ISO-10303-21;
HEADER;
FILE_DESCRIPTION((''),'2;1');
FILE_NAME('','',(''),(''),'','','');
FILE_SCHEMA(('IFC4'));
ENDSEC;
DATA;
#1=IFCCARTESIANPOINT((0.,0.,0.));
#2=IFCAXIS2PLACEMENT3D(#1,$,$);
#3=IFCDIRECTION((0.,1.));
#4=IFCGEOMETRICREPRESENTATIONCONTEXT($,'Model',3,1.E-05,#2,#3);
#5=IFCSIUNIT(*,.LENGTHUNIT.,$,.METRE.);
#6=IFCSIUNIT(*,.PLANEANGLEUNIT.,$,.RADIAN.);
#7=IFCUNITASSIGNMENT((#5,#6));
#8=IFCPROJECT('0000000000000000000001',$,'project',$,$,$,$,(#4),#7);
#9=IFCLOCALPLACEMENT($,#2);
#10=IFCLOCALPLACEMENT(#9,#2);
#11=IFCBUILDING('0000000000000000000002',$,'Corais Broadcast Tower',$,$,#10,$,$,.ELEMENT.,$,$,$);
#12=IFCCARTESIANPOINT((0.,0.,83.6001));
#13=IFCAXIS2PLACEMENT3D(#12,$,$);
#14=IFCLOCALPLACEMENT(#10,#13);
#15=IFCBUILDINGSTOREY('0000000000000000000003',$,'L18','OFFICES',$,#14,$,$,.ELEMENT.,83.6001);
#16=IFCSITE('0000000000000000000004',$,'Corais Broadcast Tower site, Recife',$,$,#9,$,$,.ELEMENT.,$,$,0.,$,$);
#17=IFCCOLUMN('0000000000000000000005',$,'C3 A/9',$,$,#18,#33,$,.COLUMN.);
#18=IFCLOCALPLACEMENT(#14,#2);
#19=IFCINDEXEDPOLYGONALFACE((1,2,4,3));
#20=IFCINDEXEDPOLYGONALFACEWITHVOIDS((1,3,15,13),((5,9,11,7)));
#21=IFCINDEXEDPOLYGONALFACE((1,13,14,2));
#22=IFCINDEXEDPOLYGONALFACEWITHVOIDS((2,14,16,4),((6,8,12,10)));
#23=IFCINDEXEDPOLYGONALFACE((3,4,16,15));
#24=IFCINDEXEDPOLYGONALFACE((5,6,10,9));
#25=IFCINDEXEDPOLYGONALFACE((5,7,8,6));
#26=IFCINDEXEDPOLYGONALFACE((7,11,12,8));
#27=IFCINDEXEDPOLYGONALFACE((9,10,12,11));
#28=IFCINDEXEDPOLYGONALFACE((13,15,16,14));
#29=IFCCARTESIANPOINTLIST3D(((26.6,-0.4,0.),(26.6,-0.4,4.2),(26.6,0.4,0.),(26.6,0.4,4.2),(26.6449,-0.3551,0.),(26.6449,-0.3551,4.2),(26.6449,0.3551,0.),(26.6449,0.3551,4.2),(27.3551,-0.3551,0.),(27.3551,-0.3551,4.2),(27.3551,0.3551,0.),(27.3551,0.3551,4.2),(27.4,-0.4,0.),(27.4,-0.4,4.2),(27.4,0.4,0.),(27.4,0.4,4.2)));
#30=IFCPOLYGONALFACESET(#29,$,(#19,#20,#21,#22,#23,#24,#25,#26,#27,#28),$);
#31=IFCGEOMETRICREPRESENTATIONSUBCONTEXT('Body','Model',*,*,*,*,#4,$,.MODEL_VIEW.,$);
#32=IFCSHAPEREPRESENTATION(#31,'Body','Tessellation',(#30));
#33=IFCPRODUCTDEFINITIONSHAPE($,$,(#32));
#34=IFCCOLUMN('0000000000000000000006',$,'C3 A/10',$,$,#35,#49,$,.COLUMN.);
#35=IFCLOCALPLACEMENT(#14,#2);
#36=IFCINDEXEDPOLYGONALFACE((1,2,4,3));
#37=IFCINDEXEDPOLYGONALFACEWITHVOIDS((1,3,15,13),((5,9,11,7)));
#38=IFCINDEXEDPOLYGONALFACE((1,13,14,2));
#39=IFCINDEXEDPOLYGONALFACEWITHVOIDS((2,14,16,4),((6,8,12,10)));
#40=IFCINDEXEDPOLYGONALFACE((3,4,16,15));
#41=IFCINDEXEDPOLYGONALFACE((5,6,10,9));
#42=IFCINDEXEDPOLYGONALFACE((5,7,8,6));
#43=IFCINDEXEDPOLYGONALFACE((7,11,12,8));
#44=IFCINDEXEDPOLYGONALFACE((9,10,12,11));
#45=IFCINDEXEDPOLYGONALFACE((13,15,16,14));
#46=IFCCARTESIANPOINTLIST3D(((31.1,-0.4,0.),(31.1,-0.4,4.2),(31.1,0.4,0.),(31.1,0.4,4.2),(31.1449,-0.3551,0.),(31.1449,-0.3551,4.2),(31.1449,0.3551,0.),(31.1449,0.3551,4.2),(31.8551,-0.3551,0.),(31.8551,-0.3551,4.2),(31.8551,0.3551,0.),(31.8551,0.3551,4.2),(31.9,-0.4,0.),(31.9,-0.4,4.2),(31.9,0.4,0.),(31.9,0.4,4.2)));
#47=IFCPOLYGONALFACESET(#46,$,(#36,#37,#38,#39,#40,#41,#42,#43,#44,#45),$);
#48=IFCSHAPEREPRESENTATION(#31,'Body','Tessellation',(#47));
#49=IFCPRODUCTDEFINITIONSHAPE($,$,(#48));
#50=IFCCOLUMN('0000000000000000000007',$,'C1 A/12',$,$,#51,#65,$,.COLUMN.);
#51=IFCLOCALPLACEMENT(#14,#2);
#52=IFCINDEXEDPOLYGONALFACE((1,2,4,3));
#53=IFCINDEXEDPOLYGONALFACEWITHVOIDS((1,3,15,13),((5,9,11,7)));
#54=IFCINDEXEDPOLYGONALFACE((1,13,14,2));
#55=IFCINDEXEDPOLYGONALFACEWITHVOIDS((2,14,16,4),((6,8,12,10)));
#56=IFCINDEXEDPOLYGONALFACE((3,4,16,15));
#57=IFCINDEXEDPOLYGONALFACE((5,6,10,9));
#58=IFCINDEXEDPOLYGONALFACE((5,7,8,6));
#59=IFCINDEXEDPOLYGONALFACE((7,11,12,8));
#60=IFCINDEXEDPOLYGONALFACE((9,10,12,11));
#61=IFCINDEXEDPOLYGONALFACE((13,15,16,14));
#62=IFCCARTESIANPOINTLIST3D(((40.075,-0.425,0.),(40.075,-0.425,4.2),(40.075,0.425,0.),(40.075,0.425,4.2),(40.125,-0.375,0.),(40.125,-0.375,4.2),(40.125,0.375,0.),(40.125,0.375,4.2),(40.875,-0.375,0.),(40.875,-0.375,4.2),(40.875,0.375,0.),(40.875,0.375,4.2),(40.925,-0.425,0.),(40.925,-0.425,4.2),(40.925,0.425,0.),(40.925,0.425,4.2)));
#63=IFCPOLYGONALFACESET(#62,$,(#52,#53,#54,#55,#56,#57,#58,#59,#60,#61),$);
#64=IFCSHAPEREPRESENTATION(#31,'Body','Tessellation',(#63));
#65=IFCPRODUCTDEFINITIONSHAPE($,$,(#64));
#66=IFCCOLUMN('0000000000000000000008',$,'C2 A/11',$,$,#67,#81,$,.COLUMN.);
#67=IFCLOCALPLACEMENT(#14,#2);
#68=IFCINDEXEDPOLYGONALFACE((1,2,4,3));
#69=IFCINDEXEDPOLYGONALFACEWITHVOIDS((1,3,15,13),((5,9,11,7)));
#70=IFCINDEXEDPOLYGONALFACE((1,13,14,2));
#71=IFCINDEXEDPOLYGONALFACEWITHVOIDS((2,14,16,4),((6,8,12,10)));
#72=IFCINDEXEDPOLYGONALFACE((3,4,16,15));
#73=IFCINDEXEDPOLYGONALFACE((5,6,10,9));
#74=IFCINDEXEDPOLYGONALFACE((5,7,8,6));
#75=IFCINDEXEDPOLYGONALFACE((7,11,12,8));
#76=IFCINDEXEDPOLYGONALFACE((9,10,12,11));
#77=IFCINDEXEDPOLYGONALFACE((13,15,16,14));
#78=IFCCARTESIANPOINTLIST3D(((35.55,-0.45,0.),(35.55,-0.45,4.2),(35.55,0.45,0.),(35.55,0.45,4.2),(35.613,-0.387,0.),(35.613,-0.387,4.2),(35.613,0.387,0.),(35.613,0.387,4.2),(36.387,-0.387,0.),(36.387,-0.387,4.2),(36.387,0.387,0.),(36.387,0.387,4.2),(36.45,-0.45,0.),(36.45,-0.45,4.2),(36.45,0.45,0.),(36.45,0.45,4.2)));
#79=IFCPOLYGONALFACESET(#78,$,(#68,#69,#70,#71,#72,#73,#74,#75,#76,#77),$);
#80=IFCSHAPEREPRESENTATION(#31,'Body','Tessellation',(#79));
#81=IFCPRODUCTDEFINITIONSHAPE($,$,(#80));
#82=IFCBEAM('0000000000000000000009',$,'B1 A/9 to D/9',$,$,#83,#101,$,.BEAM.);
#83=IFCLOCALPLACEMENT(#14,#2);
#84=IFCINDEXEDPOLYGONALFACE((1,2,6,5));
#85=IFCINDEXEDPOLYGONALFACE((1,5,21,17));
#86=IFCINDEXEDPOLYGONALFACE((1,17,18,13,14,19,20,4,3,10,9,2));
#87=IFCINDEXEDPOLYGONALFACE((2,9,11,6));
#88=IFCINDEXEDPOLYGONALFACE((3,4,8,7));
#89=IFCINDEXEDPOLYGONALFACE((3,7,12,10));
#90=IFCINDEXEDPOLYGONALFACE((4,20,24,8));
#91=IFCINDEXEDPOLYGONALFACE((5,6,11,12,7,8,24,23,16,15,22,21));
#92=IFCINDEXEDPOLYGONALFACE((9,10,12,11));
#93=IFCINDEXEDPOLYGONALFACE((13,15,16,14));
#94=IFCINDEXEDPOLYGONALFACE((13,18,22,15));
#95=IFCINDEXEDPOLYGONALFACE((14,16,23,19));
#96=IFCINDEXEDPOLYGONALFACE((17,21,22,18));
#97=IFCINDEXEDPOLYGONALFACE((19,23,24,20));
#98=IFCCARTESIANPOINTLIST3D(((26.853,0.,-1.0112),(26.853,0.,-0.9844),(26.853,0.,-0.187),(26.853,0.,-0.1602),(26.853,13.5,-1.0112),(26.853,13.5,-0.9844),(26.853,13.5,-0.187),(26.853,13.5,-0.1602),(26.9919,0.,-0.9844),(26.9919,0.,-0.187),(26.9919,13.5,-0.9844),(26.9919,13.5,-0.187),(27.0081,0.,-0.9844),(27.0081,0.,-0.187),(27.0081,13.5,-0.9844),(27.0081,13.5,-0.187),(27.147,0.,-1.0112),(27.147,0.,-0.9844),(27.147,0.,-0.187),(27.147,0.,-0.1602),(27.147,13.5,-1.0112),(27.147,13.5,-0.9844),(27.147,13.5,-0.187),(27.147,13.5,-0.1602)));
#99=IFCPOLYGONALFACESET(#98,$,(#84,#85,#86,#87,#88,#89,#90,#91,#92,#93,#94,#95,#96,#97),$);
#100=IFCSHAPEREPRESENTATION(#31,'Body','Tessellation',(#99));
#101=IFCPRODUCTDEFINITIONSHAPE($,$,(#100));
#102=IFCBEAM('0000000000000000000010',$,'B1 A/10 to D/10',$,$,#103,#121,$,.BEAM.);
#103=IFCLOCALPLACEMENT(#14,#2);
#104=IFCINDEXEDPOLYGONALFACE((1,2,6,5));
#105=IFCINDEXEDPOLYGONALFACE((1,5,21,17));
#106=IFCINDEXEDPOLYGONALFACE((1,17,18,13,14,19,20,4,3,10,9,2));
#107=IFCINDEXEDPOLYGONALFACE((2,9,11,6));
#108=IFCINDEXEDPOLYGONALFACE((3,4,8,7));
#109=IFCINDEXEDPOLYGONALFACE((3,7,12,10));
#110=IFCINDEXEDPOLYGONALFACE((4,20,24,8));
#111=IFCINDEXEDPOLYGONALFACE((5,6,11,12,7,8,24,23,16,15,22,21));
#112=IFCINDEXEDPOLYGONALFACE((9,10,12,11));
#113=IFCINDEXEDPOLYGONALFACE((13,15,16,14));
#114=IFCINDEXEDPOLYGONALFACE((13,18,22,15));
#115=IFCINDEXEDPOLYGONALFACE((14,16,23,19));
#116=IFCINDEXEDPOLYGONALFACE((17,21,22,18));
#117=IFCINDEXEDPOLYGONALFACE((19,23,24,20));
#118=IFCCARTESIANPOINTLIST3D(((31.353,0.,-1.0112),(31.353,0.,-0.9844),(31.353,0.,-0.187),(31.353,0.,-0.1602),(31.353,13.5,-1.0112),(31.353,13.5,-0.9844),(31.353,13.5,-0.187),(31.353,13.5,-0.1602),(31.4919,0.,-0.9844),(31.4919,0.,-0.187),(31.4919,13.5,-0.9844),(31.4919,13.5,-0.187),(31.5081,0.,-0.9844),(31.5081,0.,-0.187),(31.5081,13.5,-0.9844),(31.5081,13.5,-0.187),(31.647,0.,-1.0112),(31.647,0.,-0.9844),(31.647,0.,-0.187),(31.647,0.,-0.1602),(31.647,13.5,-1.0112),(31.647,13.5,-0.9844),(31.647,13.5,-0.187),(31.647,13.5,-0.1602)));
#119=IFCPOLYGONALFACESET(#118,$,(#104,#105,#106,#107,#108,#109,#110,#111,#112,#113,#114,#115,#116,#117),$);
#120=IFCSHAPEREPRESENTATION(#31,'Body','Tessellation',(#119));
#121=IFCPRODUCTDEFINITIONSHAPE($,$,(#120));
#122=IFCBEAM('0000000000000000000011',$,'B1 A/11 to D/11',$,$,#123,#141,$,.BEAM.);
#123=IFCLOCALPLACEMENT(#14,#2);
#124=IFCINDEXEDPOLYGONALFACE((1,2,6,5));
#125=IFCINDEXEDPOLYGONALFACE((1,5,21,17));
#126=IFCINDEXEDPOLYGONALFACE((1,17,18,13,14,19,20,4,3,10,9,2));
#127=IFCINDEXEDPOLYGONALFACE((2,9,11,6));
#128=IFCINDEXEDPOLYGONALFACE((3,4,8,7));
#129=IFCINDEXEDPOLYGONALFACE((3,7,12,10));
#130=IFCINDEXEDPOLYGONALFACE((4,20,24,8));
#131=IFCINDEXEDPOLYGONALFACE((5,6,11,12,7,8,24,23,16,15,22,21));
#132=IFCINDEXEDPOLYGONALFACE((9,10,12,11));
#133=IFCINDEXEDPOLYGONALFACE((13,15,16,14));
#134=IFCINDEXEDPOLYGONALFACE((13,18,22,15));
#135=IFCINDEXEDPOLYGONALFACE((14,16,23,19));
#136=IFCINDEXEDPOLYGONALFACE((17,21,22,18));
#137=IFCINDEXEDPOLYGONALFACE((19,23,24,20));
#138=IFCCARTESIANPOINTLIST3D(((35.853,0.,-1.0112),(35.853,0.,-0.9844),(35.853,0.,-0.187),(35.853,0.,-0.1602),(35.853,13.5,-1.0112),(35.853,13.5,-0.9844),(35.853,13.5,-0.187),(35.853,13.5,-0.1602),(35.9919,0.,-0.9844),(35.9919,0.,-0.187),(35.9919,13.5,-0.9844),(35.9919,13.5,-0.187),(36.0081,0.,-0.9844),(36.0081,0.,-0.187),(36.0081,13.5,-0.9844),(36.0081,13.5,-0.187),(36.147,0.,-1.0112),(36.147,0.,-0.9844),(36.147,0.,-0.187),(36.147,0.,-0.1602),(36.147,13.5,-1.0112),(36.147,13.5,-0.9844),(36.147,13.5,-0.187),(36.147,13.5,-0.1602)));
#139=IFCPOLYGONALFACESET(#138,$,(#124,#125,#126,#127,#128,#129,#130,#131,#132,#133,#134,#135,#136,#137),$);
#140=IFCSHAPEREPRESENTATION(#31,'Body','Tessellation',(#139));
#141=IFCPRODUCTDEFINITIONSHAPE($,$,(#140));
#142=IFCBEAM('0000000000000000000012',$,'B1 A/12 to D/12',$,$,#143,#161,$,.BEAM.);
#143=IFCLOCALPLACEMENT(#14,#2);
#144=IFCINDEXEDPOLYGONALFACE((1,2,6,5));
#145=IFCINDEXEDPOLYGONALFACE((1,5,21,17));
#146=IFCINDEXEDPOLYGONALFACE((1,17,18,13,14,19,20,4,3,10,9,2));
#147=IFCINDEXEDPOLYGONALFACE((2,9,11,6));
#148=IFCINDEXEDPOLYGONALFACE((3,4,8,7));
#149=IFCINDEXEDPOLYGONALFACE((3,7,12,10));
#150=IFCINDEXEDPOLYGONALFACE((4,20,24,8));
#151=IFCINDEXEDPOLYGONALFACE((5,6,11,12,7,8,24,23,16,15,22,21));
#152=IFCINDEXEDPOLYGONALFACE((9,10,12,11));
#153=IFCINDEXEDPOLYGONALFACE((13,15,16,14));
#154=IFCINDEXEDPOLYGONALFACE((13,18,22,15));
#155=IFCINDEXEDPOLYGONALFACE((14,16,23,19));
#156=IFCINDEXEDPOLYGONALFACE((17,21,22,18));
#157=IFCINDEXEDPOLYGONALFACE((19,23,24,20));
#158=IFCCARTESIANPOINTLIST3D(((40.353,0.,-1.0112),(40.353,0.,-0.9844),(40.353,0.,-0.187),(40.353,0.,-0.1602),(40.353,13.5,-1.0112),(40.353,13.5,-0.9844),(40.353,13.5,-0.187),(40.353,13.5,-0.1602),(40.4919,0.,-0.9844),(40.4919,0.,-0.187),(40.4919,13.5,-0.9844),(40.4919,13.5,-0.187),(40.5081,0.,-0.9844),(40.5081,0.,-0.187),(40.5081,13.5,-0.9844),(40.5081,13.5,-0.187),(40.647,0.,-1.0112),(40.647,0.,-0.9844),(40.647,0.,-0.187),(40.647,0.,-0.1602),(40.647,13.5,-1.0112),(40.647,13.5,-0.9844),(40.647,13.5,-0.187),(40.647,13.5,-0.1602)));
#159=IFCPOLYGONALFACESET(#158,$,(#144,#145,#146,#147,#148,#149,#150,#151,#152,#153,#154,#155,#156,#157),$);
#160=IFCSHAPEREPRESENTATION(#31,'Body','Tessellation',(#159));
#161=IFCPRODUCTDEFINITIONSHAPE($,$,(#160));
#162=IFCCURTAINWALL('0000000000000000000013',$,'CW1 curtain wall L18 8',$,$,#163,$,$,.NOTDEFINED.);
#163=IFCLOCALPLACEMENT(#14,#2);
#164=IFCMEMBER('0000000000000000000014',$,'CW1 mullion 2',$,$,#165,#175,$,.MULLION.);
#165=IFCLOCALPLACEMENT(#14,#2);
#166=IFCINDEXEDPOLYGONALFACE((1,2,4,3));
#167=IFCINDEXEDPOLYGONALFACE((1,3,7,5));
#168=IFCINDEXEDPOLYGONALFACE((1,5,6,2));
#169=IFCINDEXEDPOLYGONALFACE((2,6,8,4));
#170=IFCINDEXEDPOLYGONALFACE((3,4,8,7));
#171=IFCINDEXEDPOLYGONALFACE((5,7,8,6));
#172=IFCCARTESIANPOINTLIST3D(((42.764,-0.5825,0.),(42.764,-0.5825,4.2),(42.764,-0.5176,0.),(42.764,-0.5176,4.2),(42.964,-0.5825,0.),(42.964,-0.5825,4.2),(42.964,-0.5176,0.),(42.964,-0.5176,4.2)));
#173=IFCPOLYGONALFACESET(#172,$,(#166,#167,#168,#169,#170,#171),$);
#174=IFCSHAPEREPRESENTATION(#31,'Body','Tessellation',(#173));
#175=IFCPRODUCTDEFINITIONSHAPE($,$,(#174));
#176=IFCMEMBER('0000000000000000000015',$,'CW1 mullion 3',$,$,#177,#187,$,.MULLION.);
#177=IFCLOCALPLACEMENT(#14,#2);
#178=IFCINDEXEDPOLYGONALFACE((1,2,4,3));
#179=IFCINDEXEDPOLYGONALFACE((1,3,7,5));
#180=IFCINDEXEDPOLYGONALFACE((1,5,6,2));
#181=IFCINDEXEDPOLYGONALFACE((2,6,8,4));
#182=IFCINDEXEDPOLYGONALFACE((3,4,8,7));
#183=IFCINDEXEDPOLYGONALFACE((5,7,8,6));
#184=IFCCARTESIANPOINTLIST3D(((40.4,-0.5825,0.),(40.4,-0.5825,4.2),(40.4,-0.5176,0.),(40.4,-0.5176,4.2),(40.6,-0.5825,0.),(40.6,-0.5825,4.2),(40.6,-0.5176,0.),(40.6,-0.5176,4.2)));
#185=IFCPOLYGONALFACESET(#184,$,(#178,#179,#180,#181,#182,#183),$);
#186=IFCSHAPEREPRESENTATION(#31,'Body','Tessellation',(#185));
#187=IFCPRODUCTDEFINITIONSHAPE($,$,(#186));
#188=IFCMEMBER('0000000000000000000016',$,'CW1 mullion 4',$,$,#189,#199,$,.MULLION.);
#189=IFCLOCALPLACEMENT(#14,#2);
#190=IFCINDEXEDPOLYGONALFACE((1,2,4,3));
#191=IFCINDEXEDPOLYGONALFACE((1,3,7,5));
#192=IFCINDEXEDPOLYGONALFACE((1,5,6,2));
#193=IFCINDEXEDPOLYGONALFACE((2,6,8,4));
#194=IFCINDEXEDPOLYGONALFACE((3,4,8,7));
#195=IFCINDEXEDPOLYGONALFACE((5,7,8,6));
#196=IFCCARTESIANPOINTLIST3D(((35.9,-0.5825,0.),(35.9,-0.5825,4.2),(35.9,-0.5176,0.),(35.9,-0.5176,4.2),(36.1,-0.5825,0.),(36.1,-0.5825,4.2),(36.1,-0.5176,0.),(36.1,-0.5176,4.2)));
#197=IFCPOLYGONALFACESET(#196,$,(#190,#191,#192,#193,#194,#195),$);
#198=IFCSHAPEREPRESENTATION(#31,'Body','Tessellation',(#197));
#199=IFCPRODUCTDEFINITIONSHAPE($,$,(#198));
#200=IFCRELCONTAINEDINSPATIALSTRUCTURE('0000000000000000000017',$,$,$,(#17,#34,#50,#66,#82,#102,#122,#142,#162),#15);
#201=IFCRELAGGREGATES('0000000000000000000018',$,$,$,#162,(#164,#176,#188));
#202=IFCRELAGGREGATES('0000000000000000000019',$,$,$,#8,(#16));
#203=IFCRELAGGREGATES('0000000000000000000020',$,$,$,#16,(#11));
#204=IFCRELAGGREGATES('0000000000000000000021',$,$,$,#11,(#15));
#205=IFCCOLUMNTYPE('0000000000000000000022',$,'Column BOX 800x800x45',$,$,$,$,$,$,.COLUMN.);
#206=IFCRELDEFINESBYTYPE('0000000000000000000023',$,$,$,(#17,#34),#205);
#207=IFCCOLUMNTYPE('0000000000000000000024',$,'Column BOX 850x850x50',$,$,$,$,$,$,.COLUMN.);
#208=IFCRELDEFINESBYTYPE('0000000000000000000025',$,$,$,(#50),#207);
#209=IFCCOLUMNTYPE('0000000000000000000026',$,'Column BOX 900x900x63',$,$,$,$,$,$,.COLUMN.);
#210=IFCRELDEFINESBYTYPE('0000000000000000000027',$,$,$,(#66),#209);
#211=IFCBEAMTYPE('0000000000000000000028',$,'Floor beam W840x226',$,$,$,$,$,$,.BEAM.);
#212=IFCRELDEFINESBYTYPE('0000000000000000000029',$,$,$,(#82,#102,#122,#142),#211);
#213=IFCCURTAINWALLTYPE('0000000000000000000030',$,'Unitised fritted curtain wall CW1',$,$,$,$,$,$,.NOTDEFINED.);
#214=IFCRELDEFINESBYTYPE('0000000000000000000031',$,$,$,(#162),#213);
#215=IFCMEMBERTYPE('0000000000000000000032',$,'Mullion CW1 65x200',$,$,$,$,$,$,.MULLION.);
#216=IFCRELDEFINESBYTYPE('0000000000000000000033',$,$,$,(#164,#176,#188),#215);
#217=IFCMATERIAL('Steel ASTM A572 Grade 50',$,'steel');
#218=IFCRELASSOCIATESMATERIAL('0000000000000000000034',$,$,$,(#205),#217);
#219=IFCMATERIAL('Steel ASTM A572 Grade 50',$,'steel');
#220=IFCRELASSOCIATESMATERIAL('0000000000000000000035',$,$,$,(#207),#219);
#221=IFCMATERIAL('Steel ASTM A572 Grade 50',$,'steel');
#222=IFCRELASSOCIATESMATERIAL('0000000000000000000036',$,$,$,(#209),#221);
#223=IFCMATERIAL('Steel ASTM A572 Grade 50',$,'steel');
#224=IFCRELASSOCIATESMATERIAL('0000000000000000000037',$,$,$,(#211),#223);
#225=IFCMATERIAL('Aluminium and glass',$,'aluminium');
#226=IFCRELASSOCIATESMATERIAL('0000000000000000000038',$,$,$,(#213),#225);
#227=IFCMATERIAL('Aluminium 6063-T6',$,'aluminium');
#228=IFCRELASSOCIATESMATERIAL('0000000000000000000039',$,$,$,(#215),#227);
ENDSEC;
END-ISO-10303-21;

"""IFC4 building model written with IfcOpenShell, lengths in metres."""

from ifc_helpers import new_model, si_unit, direction, frame, origin, origin_2d, place, context, subcontext, project, spatial, rectangle, hollow_rectangle, i_section, extrude, material, material_profile, profile_set, type_object, element, aggregate, save


model = new_model("IFC4")

# Units and contexts
model_context = context("Model", 3, precision=1e-05, world=origin(), true_north=direction((0.0, 1.0)))
body_context = subcontext(model_context, "Body", "Model", "MODEL_VIEW")
ifc_project = project(units=[si_unit("LENGTHUNIT", "METRE"), si_unit("PLANEANGLEUNIT", "RADIAN")], contexts=[model_context])

# Site, building, storey
site_placement = place(None, origin())
site = spatial("IfcSite", under=ifc_project, at=site_placement, Name="Corais Broadcast Tower site, Recife", CompositionType="ELEMENT", RefElevation=0.0)
building_placement = place(site_placement, origin())
building = spatial("IfcBuilding", under=site, at=building_placement, Name="Corais Broadcast Tower", CompositionType="ELEMENT")
storey_placement = place(building_placement, frame((0.0, 0.0, 83.6001)))
storey = spatial("IfcBuildingStorey", under=building, at=storey_placement, Name="L18", Description="OFFICES", CompositionType="ELEMENT", Elevation=83.6001)

# Columns
ifc_material_1 = material(Name="Steel ASTM A572 Grade 50", Category="steel")
ifc_material_profile_1 = material_profile(ifc_material_1, hollow_rectangle(XDim=0.8, YDim=0.8, WallThickness=0.0449, at=origin_2d()), Name="BOX 800x800x45")
ifc_profile_set_1 = profile_set([ifc_material_profile_1], Name="Steel ASTM A572 Grade 50")
column_type_1 = type_object("IfcColumnType", Name="Column BOX 800x800x45", PredefinedType="COLUMN", material=ifc_profile_set_1)
for number, where, z_axis, x_axis, name in (
    (1, (27.0, 0.0, 0.0), (0.0, 0.0, 1.0), (1.0, 0.0, 0.0), "C3 A/9"),
    (2, (31.5, 0.0, 0.0), (0.0, 0.0, 1.0), (1.0, 0.0, 0.0), "C3 A/10"),
):
    element("IfcColumn", number, at=place(storey_placement, frame(where, z_axis=z_axis, x_axis=x_axis)), inside=storey, type_object=column_type_1, Name=name, PredefinedType="COLUMN", context=body_context, shape_type="SweptSolid", body=[
        extrude(hollow_rectangle(XDim=0.8, YDim=0.8, WallThickness=0.0449, at=origin_2d()), origin(), (0.0, 0.0, 1.0), 4.2),
    ])
ifc_material_2 = material(Name="Steel ASTM A572 Grade 50", Category="steel")
ifc_material_profile_2 = material_profile(ifc_material_2, hollow_rectangle(XDim=0.8501, YDim=0.8501, WallThickness=0.05, at=origin_2d()), Name="BOX 850x850x50")
ifc_profile_set_2 = profile_set([ifc_material_profile_2], Name="Steel ASTM A572 Grade 50")
column_type_2 = type_object("IfcColumnType", Name="Column BOX 850x850x50", PredefinedType="COLUMN", material=ifc_profile_set_2)
column_1_placement = place(storey_placement, frame((40.5, 0.0, 0.0), z_axis=(0.0, 0.0, 1.0), x_axis=(1.0, 0.0, 0.0)))
element("IfcColumn", 3, at=column_1_placement, inside=storey, type_object=column_type_2, Name="C1 A/12", PredefinedType="COLUMN", context=body_context, shape_type="SweptSolid", body=[
    extrude(hollow_rectangle(XDim=0.8501, YDim=0.8501, WallThickness=0.05, at=origin_2d()), origin(), (0.0, 0.0, 1.0), 4.2),
])
ifc_material_3 = material(Name="Steel ASTM A572 Grade 50", Category="steel")
ifc_material_profile_3 = material_profile(ifc_material_3, hollow_rectangle(XDim=0.8999, YDim=0.8999, WallThickness=0.063, at=origin_2d()), Name="BOX 900x900x63")
ifc_profile_set_3 = profile_set([ifc_material_profile_3], Name="Steel ASTM A572 Grade 50")
column_type_3 = type_object("IfcColumnType", Name="Column BOX 900x900x63", PredefinedType="COLUMN", material=ifc_profile_set_3)
column_2_placement = place(storey_placement, frame((36.0, 0.0, 0.0), z_axis=(0.0, 0.0, 1.0), x_axis=(1.0, 0.0, 0.0)))
element("IfcColumn", 4, at=column_2_placement, inside=storey, type_object=column_type_3, Name="C2 A/11", PredefinedType="COLUMN", context=body_context, shape_type="SweptSolid", body=[
    extrude(hollow_rectangle(XDim=0.8999, YDim=0.8999, WallThickness=0.063, at=origin_2d()), origin(), (0.0, 0.0, 1.0), 4.2),
])

# Beams
ifc_material_4 = material(Name="Steel ASTM A572 Grade 50", Category="steel")
ifc_material_profile_4 = material_profile(ifc_material_4, i_section(OverallWidth=0.2939, OverallDepth=0.8511, WebThickness=0.0161, FlangeThickness=0.0269, at=origin_2d()), Name="W840x226")
ifc_profile_set_4 = profile_set([ifc_material_profile_4], Name="Steel ASTM A572 Grade 50")
beam_type_1 = type_object("IfcBeamType", Name="Floor beam W840x226", PredefinedType="BEAM", material=ifc_profile_set_4)
for number, where, z_axis, x_axis, name in (
    (5, (27.0, 0.0, -0.5857), (0.0, 1.0, 0.0), (-1.0, 0.0, 0.0), "B1 A/9 to D/9"),
    (6, (31.5, 0.0, -0.5857), (0.0, 1.0, 0.0), (-1.0, 0.0, 0.0), "B1 A/10 to D/10"),
    (7, (36.0, 0.0, -0.5857), (0.0, 1.0, 0.0), (-1.0, 0.0, 0.0), "B1 A/11 to D/11"),
    (8, (40.5, 0.0, -0.5857), (0.0, 1.0, 0.0), (-1.0, 0.0, 0.0), "B1 A/12 to D/12"),
):
    element("IfcBeam", number, at=place(storey_placement, frame(where, z_axis=z_axis, x_axis=x_axis)), inside=storey, type_object=beam_type_1, Name=name, PredefinedType="BEAM", context=body_context, shape_type="SweptSolid", body=[
        extrude(i_section(OverallWidth=0.2939, OverallDepth=0.8511, WebThickness=0.0161, FlangeThickness=0.0269, at=origin_2d()), origin(), (0.0, 0.0, 1.0), 13.5),
    ])

# Curtain wall, members
ifc_material_5 = material(Name="Aluminium and glass", Category="aluminium")
curtain_wall_type = type_object("IfcCurtainWallType", Name="Unitised fritted curtain wall CW1", PredefinedType="NOTDEFINED", material=ifc_material_5)
curtain_wall_placement = place(storey_placement, origin())
curtain_wall = element("IfcCurtainWall", 9, at=curtain_wall_placement, inside=storey, type_object=curtain_wall_type, Name="CW1 curtain wall L18 8", PredefinedType="NOTDEFINED")
ifc_material_6 = material(Name="Aluminium 6063-T6", Category="aluminium")
ifc_material_profile_5 = material_profile(ifc_material_6, rectangle(XDim=0.0649, YDim=0.2, at=origin_2d()), Name="Mullion CW1 65x200")
ifc_profile_set_5 = profile_set([ifc_material_profile_5], Name="Aluminium 6063-T6")
member_type_1 = type_object("IfcMemberType", Name="Mullion CW1 65x200", PredefinedType="MULLION", material=ifc_profile_set_5)
member_1_placement = place(storey_placement, frame((42.864, -0.55, 0.0), z_axis=(0.0, 0.0, 1.0), x_axis=(0.0, -1.0, 0.0)))
member_1 = element("IfcMember", 10, at=member_1_placement, type_object=member_type_1, Name="CW1 mullion 2", PredefinedType="MULLION", context=body_context, shape_type="SweptSolid", body=[
    extrude(rectangle(XDim=0.0649, YDim=0.2, at=origin_2d()), origin(), (0.0, 0.0, 1.0), 4.2),
])
member_2_placement = place(storey_placement, frame((40.5, -0.55, 0.0), z_axis=(0.0, 0.0, 1.0), x_axis=(0.0, -1.0, 0.0)))
member_2 = element("IfcMember", 11, at=member_2_placement, type_object=member_type_1, Name="CW1 mullion 3", PredefinedType="MULLION", context=body_context, shape_type="SweptSolid", body=[
    extrude(rectangle(XDim=0.0649, YDim=0.2, at=origin_2d()), origin(), (0.0, 0.0, 1.0), 4.2),
])
member_3_placement = place(storey_placement, frame((36.0, -0.55, 0.0), z_axis=(0.0, 0.0, 1.0), x_axis=(0.0, -1.0, 0.0)))
member_3 = element("IfcMember", 12, at=member_3_placement, type_object=member_type_1, Name="CW1 mullion 4", PredefinedType="MULLION", context=body_context, shape_type="SweptSolid", body=[
    extrude(rectangle(XDim=0.0649, YDim=0.2, at=origin_2d()), origin(), (0.0, 0.0, 1.0), 4.2),
])

aggregate(curtain_wall, [member_1, member_2, member_3])

save(model, "model.ifc")
